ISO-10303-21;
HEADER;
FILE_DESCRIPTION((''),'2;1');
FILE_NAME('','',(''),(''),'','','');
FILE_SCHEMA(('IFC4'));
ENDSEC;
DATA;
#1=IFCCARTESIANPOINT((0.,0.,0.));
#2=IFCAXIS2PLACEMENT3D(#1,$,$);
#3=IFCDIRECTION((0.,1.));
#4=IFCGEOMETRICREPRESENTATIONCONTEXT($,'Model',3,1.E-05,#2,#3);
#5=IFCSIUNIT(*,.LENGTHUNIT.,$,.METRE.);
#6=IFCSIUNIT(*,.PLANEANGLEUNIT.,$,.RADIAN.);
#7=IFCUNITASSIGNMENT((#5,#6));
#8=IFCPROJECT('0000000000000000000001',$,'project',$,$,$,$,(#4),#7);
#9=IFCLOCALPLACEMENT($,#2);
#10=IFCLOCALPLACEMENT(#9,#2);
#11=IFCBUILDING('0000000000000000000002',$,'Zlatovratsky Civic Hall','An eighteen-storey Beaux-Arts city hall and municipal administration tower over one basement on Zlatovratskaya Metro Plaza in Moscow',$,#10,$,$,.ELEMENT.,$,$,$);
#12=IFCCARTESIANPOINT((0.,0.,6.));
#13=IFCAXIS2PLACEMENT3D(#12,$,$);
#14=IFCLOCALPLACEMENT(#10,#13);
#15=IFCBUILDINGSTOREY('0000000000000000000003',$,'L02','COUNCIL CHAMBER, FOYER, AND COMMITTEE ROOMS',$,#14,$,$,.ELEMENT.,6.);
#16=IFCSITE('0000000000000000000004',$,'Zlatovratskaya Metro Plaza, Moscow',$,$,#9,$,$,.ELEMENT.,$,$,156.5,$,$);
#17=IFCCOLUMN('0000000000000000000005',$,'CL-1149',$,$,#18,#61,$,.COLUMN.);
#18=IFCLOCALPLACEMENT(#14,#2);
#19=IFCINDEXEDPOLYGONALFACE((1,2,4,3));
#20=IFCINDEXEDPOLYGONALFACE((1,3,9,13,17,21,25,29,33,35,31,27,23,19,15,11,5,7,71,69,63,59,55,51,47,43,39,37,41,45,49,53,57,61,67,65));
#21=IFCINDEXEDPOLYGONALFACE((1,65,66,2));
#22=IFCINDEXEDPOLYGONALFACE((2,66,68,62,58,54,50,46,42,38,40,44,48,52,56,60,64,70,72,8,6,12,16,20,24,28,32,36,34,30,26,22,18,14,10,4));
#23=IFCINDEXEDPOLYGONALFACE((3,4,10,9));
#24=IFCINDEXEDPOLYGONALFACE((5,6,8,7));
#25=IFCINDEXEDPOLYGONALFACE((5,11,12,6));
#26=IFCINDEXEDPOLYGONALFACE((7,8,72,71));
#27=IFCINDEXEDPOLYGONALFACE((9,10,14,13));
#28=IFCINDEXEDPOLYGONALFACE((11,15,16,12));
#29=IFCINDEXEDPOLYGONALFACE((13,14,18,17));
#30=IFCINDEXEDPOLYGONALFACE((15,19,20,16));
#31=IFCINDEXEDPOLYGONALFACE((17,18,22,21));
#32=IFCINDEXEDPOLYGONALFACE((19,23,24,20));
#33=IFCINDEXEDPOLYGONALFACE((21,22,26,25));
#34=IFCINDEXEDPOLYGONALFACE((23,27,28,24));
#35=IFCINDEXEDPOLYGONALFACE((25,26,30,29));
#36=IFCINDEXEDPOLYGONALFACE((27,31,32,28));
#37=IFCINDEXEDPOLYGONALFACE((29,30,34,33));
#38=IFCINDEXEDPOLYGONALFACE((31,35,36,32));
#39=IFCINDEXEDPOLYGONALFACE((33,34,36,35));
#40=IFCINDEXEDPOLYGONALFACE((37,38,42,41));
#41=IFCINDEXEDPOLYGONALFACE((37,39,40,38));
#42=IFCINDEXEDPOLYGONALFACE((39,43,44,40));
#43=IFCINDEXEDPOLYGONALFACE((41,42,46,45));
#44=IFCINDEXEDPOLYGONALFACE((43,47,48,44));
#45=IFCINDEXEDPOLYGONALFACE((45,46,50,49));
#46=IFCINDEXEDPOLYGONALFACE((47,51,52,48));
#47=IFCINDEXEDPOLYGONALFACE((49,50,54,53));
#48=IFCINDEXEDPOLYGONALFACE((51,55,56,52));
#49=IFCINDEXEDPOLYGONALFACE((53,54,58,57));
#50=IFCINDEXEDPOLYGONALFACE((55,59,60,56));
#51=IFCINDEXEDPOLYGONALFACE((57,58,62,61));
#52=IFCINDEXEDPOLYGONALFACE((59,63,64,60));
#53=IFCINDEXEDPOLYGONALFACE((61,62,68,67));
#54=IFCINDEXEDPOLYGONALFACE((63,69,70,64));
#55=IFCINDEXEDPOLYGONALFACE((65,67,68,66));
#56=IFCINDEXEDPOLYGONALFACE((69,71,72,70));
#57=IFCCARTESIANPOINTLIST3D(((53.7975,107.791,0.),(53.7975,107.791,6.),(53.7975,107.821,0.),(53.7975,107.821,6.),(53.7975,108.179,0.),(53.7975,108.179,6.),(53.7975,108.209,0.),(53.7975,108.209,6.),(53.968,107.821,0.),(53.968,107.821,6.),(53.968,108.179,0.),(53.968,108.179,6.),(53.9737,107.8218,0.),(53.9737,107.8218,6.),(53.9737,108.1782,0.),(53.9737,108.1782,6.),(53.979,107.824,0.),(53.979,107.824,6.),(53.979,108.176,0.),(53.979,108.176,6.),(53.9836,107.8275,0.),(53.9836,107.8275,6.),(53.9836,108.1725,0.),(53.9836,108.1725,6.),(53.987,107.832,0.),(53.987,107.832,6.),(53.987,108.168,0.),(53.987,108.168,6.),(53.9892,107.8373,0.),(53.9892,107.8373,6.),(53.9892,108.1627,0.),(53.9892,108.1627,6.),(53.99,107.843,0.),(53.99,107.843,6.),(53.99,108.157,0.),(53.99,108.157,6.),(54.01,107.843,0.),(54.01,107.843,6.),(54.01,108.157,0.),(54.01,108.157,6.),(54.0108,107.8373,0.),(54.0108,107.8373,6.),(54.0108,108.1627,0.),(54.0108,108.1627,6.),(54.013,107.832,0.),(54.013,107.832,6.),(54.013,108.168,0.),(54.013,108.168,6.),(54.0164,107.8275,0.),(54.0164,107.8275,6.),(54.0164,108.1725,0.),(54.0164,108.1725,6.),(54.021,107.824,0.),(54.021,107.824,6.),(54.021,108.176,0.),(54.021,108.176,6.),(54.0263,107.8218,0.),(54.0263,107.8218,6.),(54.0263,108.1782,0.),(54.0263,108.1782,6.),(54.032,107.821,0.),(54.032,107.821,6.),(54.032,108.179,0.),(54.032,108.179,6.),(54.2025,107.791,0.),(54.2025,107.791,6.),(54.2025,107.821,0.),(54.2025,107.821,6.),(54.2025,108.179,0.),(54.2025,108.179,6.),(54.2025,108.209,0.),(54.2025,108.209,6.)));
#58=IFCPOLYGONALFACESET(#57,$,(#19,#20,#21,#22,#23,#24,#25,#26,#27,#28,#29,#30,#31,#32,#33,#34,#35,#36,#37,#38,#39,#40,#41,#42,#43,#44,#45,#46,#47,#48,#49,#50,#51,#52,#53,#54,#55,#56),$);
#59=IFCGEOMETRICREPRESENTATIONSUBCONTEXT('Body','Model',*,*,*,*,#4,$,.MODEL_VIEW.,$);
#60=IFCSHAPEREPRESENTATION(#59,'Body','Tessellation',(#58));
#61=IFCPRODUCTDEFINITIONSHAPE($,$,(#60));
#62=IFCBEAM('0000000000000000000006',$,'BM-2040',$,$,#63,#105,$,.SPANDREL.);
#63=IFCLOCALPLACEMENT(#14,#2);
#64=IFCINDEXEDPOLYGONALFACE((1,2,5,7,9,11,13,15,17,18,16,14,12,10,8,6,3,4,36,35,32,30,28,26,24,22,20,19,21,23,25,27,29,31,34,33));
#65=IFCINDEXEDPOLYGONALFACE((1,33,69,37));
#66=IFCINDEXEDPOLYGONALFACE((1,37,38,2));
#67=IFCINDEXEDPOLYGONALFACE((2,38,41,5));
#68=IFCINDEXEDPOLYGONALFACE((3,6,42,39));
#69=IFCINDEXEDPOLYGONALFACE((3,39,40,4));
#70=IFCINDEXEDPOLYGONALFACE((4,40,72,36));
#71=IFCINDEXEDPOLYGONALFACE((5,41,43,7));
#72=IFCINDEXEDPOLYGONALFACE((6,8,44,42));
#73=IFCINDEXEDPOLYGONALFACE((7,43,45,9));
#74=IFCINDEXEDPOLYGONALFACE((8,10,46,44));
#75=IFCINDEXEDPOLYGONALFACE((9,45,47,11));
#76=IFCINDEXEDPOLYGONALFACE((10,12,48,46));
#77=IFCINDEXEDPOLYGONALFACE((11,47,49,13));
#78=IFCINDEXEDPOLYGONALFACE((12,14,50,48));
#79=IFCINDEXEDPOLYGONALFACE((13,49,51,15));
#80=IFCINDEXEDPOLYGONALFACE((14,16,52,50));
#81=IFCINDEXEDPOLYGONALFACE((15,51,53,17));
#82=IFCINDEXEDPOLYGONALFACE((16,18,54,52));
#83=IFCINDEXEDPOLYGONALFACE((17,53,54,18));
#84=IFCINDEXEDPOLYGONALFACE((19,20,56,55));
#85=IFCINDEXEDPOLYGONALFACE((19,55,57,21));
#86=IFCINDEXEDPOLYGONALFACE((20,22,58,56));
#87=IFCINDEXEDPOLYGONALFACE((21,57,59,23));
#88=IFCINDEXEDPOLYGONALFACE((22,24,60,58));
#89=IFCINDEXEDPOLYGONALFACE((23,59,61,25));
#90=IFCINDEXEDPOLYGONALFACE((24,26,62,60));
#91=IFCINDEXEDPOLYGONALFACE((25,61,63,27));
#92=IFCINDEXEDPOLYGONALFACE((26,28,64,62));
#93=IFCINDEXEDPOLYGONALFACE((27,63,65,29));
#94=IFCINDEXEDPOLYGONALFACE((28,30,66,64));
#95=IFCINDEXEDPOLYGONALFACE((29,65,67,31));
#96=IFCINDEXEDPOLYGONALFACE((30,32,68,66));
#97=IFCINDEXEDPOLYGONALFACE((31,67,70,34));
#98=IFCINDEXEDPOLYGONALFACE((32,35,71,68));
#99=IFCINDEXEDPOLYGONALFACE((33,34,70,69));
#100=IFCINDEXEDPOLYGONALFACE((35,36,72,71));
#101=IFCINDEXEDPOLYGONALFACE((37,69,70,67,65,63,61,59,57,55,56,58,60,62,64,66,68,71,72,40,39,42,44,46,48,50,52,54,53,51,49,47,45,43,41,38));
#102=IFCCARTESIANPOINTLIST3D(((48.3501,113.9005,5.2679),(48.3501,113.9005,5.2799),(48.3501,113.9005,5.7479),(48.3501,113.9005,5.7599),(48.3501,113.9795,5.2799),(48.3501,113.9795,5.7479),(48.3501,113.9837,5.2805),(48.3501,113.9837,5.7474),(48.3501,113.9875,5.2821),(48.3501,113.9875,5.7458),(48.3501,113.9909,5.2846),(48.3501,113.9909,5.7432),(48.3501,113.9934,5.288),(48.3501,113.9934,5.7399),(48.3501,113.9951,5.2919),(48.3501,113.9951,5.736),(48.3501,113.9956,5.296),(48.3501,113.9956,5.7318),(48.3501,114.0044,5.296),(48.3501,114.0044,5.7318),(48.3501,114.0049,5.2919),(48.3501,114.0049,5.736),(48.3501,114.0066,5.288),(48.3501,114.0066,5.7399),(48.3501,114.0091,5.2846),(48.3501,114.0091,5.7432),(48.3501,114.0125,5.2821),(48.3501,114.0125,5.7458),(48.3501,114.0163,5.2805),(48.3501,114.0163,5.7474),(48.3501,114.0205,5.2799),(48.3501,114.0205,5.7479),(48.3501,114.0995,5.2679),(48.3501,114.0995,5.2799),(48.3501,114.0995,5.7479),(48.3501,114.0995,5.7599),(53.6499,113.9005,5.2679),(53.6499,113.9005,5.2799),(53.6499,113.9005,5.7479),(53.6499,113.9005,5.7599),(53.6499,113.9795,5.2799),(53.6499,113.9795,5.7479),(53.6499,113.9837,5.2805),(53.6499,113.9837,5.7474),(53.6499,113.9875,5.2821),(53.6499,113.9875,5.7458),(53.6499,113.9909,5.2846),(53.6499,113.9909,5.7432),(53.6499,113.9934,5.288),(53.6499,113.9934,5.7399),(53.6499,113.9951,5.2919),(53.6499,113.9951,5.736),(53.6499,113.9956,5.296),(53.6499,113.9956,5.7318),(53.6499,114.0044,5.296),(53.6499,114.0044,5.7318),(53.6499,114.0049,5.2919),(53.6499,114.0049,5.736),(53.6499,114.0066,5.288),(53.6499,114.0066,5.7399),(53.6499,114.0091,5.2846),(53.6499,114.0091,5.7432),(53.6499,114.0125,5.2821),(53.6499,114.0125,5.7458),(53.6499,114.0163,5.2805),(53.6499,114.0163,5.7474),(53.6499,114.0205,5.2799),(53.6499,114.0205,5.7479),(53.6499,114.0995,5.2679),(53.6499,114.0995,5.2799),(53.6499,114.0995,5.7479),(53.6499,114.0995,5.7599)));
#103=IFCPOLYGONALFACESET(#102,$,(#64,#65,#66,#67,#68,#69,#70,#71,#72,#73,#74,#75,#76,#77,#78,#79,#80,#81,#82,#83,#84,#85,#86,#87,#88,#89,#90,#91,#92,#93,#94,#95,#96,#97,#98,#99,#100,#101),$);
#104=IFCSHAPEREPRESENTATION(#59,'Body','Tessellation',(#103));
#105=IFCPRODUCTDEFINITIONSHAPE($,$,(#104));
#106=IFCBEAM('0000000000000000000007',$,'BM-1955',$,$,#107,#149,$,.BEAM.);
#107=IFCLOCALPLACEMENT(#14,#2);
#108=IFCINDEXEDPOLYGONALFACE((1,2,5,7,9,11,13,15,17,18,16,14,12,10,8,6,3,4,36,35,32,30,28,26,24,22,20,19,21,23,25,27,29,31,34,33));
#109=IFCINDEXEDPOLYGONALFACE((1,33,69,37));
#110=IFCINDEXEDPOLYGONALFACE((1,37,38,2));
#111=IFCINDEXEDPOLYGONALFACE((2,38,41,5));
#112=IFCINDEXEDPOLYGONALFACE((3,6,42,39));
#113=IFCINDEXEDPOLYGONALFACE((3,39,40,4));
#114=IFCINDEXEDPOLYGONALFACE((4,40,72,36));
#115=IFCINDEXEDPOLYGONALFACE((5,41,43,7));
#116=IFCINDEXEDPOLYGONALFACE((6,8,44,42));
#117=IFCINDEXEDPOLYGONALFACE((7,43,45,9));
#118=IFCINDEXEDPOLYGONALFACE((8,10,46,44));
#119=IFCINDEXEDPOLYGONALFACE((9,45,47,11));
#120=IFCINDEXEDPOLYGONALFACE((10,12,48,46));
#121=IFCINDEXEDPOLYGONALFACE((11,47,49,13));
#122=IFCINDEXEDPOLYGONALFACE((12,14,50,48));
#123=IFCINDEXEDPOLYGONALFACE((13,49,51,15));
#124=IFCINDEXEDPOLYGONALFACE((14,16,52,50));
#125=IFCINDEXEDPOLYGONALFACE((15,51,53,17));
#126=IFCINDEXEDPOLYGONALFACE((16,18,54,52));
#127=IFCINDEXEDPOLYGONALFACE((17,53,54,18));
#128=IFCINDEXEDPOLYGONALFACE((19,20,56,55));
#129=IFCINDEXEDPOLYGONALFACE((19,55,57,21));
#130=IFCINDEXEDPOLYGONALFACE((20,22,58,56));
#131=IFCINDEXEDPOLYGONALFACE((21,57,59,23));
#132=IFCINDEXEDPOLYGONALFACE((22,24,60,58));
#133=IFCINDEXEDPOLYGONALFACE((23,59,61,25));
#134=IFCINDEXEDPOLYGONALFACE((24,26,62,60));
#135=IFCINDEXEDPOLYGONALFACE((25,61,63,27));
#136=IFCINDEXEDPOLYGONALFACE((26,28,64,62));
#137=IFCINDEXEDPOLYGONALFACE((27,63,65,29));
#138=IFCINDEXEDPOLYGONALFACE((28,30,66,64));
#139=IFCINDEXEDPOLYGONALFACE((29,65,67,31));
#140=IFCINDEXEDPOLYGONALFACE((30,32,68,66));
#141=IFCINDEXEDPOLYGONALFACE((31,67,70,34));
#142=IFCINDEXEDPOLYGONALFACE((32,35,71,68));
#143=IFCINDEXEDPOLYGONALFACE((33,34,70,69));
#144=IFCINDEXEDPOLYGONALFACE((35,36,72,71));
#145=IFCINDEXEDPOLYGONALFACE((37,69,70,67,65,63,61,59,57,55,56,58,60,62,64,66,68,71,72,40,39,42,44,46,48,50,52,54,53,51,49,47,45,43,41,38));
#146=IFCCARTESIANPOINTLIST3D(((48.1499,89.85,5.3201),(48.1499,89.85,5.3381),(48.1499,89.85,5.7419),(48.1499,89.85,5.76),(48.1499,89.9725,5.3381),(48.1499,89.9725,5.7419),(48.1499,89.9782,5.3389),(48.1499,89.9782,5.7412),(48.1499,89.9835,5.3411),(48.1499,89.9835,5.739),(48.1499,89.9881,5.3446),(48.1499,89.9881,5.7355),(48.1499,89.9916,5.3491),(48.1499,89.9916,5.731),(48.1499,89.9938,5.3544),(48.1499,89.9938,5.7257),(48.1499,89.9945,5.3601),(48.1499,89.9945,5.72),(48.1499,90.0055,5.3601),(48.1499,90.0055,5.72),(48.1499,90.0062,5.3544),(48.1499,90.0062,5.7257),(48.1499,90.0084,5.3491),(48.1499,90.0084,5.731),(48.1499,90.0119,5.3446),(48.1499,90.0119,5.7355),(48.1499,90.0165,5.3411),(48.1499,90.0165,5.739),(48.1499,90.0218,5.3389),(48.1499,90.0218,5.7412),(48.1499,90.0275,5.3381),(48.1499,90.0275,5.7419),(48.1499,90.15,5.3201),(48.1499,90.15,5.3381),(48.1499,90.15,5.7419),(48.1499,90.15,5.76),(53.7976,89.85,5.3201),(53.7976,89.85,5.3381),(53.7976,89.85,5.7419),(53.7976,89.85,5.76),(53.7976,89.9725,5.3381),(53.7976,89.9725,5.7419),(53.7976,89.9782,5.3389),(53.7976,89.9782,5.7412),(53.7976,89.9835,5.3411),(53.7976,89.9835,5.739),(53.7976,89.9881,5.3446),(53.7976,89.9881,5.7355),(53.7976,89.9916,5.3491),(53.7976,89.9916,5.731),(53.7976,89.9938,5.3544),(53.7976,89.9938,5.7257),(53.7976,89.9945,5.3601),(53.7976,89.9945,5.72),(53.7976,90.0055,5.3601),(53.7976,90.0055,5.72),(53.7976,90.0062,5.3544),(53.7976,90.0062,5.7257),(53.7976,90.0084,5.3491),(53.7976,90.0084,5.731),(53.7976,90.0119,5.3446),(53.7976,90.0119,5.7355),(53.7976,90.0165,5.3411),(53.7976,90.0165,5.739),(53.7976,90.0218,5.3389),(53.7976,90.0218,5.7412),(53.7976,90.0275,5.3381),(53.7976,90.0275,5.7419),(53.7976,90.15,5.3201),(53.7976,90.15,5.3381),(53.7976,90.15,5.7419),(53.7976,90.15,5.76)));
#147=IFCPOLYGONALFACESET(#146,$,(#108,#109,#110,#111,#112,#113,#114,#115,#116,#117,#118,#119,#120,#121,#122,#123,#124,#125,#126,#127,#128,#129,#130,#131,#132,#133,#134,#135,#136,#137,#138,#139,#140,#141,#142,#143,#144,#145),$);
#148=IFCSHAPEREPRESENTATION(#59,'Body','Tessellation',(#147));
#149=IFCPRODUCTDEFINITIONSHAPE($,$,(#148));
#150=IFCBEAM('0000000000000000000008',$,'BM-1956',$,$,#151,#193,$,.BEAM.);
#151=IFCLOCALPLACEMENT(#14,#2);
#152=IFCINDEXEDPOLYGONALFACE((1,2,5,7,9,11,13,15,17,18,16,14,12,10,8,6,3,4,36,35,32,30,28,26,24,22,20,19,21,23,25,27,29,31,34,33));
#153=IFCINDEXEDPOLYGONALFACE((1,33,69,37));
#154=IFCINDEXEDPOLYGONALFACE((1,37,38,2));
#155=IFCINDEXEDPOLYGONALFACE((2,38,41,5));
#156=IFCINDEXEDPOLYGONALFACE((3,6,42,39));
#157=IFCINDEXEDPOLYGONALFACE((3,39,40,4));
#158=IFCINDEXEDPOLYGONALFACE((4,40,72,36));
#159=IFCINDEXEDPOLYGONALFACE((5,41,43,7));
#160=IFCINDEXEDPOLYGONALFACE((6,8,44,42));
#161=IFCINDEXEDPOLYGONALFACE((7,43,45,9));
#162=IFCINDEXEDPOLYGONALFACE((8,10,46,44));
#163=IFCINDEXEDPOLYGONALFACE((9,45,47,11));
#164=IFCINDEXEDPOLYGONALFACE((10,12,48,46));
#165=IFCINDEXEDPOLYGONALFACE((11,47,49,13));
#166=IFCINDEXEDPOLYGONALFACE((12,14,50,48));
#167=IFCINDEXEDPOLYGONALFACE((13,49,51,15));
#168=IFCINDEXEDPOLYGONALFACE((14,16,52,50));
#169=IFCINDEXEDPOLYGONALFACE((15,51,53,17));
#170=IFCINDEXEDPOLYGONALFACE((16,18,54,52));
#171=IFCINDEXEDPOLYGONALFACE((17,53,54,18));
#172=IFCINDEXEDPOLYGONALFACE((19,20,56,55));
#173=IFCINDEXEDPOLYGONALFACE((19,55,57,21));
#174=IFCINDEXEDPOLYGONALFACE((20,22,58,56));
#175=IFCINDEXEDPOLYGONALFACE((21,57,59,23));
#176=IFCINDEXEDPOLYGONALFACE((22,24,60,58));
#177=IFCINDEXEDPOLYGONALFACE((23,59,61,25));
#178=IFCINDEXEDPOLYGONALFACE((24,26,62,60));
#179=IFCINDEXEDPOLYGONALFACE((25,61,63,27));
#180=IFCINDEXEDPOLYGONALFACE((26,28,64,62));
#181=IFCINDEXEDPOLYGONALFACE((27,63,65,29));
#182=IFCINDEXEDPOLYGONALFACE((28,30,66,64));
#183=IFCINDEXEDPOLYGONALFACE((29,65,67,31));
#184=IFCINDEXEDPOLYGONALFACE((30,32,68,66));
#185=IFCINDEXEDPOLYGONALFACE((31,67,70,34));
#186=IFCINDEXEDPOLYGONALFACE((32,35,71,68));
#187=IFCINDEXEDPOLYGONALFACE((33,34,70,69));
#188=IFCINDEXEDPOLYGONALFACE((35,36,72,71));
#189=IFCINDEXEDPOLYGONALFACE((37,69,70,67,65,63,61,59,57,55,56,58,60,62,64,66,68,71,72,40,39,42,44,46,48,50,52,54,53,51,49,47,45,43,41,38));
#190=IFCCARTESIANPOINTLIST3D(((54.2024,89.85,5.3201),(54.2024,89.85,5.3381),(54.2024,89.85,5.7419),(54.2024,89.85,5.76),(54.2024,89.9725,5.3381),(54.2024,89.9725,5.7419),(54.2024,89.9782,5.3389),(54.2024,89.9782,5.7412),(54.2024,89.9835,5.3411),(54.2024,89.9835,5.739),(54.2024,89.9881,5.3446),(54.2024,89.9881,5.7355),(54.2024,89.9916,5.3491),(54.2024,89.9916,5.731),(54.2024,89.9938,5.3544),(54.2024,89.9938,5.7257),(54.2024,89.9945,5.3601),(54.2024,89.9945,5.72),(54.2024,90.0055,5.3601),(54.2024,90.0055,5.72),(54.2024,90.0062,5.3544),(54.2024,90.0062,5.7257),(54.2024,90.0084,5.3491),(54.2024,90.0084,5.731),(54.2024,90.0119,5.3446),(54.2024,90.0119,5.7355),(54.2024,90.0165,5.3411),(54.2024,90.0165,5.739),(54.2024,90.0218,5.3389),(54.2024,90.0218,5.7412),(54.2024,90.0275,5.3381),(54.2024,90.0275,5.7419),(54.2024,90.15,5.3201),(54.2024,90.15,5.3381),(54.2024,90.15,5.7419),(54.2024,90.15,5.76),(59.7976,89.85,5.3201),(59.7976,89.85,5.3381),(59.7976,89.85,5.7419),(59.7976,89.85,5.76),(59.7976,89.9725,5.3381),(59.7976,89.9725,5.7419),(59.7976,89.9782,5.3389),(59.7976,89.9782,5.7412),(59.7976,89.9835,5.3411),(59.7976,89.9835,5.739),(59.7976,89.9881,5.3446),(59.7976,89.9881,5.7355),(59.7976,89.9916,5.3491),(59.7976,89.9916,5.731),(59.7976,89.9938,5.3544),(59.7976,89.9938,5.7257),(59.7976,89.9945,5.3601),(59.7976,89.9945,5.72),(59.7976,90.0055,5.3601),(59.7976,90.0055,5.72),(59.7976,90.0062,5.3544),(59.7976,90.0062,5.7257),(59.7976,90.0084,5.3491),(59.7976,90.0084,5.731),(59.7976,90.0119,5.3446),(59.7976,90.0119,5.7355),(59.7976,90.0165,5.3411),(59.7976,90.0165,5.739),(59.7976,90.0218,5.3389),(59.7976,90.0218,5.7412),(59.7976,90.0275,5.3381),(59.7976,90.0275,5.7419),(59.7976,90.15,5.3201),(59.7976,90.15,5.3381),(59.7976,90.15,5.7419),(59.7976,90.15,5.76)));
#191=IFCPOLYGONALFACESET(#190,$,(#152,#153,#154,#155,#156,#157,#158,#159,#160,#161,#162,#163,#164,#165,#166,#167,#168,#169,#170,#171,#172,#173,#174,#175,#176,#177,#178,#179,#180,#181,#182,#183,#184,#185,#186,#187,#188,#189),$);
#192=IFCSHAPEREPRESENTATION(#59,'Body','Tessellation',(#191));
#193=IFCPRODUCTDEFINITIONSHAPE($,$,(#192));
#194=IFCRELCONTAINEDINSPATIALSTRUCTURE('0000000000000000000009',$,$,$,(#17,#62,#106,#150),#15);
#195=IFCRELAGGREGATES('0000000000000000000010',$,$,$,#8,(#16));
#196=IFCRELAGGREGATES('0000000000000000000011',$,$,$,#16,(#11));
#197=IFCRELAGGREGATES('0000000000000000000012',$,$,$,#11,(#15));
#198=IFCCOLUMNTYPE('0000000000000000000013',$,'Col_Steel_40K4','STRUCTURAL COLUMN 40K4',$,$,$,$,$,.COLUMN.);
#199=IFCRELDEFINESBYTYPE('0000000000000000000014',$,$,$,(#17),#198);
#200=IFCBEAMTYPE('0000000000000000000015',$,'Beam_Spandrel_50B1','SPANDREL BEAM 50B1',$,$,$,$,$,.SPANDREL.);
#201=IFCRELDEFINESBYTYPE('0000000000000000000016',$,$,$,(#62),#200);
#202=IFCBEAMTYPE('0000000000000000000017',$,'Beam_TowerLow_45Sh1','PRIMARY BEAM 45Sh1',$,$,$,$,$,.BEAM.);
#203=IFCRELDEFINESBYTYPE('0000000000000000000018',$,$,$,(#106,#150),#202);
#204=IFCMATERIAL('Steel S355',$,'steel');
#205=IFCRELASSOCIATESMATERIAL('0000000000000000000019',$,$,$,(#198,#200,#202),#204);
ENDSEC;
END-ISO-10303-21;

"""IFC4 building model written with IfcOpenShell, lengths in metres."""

from ifc_helpers import new_model, si_unit, direction, frame, origin, origin_2d, place, context, subcontext, project, spatial, i_section, extrude, material, material_profile, profile_set, type_object, element, save


model = new_model("IFC4")

# Units and contexts
model_context = context("Model", 3, precision=1e-05, world=origin(), true_north=direction((0.0, 1.0)))
body_context = subcontext(model_context, "Body", "Model", "MODEL_VIEW")
ifc_project = project(units=[si_unit("LENGTHUNIT", "METRE"), si_unit("PLANEANGLEUNIT", "RADIAN")], contexts=[model_context])

# Site, building, storey
site_placement = place(None, origin())
site = spatial("IfcSite", under=ifc_project, at=site_placement, Name="Zlatovratskaya Metro Plaza, Moscow", CompositionType="ELEMENT", RefElevation=156.5)
building_placement = place(site_placement, origin())
building = spatial("IfcBuilding", under=site, at=building_placement, Name="Zlatovratsky Civic Hall", Description="An eighteen-storey Beaux-Arts city hall and municipal administration tower over one basement on Zlatovratskaya Metro Plaza in Moscow", CompositionType="ELEMENT")
storey_placement = place(building_placement, frame((0.0, 0.0, 6.0)))
storey = spatial("IfcBuildingStorey", under=building, at=storey_placement, Name="L02", Description="COUNCIL CHAMBER, FOYER, AND COMMITTEE ROOMS", CompositionType="ELEMENT", Elevation=6.0)

# Column
ifc_material_1 = material(Name="Steel S355", Category="steel")
ifc_material_profile_1 = material_profile(ifc_material_1, i_section(OverallWidth=0.405, OverallDepth=0.418, WebThickness=0.02, FlangeThickness=0.03, FilletRadius=0.022, at=origin_2d()), Name="40K4")
ifc_profile_set_1 = profile_set([ifc_material_profile_1], Name="Steel S355")
column_type_1 = type_object("IfcColumnType", Name="Col_Steel_40K4", Description="STRUCTURAL COLUMN 40K4", PredefinedType="COLUMN", material=ifc_profile_set_1)
for number, where, z_axis, x_axis, name in (
    (1, (54.0, 108.0, 0.0), (0.0, 0.0, 1.0), (1.0, 0.0, 0.0), "CL-1149"),
):
    element("IfcColumn", number, at=place(storey_placement, frame(where, z_axis=z_axis, x_axis=x_axis)), inside=storey, type_object=column_type_1, Name=name, PredefinedType="COLUMN", context=body_context, shape_type="SweptSolid", body=[
        extrude(i_section(OverallWidth=0.405, OverallDepth=0.418, WebThickness=0.02, FlangeThickness=0.03, FilletRadius=0.022, at=origin_2d()), origin(), (0.0, 0.0, 1.0), 6.0),
    ])

# Beams
ifc_material_profile_2 = material_profile(ifc_material_1, i_section(OverallWidth=0.199, OverallDepth=0.4919, WebThickness=0.0088, FlangeThickness=0.012, FilletRadius=0.0161, at=origin_2d()), Name="50B1")
ifc_profile_set_2 = profile_set([ifc_material_profile_2], Name="Steel S355")
beam_type_1 = type_object("IfcBeamType", Name="Beam_Spandrel_50B1", Description="SPANDREL BEAM 50B1", PredefinedType="SPANDREL", material=ifc_profile_set_2)
beam_1_placement = place(storey_placement, frame((48.3501, 114.0, 5.5139), z_axis=(1.0, 0.0, 0.0), x_axis=(0.0, 1.0, 0.0)))
element("IfcBeam", 2, at=beam_1_placement, inside=storey, type_object=beam_type_1, Name="BM-2040", PredefinedType="SPANDREL", context=body_context, shape_type="SweptSolid", body=[
    extrude(i_section(OverallWidth=0.199, OverallDepth=0.4919, WebThickness=0.0088, FlangeThickness=0.012, FilletRadius=0.0161, at=origin_2d()), origin(), (0.0, 0.0, 1.0), 5.2998),
])
ifc_material_profile_3 = material_profile(ifc_material_1, i_section(OverallWidth=0.3, OverallDepth=0.4399, WebThickness=0.011, FlangeThickness=0.0181, FilletRadius=0.022, at=origin_2d()), Name="45Sh1")
ifc_profile_set_3 = profile_set([ifc_material_profile_3], Name="Steel S355")
beam_type_2 = type_object("IfcBeamType", Name="Beam_TowerLow_45Sh1", Description="PRIMARY BEAM 45Sh1", PredefinedType="BEAM", material=ifc_profile_set_3)
beam_2_placement = place(storey_placement, frame((48.1499, 90.0, 5.54), z_axis=(1.0, 0.0, 0.0), x_axis=(0.0, 1.0, 0.0)))
element("IfcBeam", 3, at=beam_2_placement, inside=storey, type_object=beam_type_2, Name="BM-1955", PredefinedType="BEAM", context=body_context, shape_type="SweptSolid", body=[
    extrude(i_section(OverallWidth=0.3, OverallDepth=0.4399, WebThickness=0.011, FlangeThickness=0.0181, FilletRadius=0.022, at=origin_2d()), origin(), (0.0, 0.0, 1.0), 5.6477),
])
beam_3_placement = place(storey_placement, frame((54.2024, 90.0, 5.54), z_axis=(1.0, 0.0, 0.0), x_axis=(0.0, 1.0, 0.0)))
element("IfcBeam", 4, at=beam_3_placement, inside=storey, type_object=beam_type_2, Name="BM-1956", PredefinedType="BEAM", context=body_context, shape_type="SweptSolid", body=[
    extrude(i_section(OverallWidth=0.3, OverallDepth=0.4399, WebThickness=0.011, FlangeThickness=0.0181, FilletRadius=0.022, at=origin_2d()), origin(), (0.0, 0.0, 1.0), 5.5952),
])

save(model, "model.ifc")
